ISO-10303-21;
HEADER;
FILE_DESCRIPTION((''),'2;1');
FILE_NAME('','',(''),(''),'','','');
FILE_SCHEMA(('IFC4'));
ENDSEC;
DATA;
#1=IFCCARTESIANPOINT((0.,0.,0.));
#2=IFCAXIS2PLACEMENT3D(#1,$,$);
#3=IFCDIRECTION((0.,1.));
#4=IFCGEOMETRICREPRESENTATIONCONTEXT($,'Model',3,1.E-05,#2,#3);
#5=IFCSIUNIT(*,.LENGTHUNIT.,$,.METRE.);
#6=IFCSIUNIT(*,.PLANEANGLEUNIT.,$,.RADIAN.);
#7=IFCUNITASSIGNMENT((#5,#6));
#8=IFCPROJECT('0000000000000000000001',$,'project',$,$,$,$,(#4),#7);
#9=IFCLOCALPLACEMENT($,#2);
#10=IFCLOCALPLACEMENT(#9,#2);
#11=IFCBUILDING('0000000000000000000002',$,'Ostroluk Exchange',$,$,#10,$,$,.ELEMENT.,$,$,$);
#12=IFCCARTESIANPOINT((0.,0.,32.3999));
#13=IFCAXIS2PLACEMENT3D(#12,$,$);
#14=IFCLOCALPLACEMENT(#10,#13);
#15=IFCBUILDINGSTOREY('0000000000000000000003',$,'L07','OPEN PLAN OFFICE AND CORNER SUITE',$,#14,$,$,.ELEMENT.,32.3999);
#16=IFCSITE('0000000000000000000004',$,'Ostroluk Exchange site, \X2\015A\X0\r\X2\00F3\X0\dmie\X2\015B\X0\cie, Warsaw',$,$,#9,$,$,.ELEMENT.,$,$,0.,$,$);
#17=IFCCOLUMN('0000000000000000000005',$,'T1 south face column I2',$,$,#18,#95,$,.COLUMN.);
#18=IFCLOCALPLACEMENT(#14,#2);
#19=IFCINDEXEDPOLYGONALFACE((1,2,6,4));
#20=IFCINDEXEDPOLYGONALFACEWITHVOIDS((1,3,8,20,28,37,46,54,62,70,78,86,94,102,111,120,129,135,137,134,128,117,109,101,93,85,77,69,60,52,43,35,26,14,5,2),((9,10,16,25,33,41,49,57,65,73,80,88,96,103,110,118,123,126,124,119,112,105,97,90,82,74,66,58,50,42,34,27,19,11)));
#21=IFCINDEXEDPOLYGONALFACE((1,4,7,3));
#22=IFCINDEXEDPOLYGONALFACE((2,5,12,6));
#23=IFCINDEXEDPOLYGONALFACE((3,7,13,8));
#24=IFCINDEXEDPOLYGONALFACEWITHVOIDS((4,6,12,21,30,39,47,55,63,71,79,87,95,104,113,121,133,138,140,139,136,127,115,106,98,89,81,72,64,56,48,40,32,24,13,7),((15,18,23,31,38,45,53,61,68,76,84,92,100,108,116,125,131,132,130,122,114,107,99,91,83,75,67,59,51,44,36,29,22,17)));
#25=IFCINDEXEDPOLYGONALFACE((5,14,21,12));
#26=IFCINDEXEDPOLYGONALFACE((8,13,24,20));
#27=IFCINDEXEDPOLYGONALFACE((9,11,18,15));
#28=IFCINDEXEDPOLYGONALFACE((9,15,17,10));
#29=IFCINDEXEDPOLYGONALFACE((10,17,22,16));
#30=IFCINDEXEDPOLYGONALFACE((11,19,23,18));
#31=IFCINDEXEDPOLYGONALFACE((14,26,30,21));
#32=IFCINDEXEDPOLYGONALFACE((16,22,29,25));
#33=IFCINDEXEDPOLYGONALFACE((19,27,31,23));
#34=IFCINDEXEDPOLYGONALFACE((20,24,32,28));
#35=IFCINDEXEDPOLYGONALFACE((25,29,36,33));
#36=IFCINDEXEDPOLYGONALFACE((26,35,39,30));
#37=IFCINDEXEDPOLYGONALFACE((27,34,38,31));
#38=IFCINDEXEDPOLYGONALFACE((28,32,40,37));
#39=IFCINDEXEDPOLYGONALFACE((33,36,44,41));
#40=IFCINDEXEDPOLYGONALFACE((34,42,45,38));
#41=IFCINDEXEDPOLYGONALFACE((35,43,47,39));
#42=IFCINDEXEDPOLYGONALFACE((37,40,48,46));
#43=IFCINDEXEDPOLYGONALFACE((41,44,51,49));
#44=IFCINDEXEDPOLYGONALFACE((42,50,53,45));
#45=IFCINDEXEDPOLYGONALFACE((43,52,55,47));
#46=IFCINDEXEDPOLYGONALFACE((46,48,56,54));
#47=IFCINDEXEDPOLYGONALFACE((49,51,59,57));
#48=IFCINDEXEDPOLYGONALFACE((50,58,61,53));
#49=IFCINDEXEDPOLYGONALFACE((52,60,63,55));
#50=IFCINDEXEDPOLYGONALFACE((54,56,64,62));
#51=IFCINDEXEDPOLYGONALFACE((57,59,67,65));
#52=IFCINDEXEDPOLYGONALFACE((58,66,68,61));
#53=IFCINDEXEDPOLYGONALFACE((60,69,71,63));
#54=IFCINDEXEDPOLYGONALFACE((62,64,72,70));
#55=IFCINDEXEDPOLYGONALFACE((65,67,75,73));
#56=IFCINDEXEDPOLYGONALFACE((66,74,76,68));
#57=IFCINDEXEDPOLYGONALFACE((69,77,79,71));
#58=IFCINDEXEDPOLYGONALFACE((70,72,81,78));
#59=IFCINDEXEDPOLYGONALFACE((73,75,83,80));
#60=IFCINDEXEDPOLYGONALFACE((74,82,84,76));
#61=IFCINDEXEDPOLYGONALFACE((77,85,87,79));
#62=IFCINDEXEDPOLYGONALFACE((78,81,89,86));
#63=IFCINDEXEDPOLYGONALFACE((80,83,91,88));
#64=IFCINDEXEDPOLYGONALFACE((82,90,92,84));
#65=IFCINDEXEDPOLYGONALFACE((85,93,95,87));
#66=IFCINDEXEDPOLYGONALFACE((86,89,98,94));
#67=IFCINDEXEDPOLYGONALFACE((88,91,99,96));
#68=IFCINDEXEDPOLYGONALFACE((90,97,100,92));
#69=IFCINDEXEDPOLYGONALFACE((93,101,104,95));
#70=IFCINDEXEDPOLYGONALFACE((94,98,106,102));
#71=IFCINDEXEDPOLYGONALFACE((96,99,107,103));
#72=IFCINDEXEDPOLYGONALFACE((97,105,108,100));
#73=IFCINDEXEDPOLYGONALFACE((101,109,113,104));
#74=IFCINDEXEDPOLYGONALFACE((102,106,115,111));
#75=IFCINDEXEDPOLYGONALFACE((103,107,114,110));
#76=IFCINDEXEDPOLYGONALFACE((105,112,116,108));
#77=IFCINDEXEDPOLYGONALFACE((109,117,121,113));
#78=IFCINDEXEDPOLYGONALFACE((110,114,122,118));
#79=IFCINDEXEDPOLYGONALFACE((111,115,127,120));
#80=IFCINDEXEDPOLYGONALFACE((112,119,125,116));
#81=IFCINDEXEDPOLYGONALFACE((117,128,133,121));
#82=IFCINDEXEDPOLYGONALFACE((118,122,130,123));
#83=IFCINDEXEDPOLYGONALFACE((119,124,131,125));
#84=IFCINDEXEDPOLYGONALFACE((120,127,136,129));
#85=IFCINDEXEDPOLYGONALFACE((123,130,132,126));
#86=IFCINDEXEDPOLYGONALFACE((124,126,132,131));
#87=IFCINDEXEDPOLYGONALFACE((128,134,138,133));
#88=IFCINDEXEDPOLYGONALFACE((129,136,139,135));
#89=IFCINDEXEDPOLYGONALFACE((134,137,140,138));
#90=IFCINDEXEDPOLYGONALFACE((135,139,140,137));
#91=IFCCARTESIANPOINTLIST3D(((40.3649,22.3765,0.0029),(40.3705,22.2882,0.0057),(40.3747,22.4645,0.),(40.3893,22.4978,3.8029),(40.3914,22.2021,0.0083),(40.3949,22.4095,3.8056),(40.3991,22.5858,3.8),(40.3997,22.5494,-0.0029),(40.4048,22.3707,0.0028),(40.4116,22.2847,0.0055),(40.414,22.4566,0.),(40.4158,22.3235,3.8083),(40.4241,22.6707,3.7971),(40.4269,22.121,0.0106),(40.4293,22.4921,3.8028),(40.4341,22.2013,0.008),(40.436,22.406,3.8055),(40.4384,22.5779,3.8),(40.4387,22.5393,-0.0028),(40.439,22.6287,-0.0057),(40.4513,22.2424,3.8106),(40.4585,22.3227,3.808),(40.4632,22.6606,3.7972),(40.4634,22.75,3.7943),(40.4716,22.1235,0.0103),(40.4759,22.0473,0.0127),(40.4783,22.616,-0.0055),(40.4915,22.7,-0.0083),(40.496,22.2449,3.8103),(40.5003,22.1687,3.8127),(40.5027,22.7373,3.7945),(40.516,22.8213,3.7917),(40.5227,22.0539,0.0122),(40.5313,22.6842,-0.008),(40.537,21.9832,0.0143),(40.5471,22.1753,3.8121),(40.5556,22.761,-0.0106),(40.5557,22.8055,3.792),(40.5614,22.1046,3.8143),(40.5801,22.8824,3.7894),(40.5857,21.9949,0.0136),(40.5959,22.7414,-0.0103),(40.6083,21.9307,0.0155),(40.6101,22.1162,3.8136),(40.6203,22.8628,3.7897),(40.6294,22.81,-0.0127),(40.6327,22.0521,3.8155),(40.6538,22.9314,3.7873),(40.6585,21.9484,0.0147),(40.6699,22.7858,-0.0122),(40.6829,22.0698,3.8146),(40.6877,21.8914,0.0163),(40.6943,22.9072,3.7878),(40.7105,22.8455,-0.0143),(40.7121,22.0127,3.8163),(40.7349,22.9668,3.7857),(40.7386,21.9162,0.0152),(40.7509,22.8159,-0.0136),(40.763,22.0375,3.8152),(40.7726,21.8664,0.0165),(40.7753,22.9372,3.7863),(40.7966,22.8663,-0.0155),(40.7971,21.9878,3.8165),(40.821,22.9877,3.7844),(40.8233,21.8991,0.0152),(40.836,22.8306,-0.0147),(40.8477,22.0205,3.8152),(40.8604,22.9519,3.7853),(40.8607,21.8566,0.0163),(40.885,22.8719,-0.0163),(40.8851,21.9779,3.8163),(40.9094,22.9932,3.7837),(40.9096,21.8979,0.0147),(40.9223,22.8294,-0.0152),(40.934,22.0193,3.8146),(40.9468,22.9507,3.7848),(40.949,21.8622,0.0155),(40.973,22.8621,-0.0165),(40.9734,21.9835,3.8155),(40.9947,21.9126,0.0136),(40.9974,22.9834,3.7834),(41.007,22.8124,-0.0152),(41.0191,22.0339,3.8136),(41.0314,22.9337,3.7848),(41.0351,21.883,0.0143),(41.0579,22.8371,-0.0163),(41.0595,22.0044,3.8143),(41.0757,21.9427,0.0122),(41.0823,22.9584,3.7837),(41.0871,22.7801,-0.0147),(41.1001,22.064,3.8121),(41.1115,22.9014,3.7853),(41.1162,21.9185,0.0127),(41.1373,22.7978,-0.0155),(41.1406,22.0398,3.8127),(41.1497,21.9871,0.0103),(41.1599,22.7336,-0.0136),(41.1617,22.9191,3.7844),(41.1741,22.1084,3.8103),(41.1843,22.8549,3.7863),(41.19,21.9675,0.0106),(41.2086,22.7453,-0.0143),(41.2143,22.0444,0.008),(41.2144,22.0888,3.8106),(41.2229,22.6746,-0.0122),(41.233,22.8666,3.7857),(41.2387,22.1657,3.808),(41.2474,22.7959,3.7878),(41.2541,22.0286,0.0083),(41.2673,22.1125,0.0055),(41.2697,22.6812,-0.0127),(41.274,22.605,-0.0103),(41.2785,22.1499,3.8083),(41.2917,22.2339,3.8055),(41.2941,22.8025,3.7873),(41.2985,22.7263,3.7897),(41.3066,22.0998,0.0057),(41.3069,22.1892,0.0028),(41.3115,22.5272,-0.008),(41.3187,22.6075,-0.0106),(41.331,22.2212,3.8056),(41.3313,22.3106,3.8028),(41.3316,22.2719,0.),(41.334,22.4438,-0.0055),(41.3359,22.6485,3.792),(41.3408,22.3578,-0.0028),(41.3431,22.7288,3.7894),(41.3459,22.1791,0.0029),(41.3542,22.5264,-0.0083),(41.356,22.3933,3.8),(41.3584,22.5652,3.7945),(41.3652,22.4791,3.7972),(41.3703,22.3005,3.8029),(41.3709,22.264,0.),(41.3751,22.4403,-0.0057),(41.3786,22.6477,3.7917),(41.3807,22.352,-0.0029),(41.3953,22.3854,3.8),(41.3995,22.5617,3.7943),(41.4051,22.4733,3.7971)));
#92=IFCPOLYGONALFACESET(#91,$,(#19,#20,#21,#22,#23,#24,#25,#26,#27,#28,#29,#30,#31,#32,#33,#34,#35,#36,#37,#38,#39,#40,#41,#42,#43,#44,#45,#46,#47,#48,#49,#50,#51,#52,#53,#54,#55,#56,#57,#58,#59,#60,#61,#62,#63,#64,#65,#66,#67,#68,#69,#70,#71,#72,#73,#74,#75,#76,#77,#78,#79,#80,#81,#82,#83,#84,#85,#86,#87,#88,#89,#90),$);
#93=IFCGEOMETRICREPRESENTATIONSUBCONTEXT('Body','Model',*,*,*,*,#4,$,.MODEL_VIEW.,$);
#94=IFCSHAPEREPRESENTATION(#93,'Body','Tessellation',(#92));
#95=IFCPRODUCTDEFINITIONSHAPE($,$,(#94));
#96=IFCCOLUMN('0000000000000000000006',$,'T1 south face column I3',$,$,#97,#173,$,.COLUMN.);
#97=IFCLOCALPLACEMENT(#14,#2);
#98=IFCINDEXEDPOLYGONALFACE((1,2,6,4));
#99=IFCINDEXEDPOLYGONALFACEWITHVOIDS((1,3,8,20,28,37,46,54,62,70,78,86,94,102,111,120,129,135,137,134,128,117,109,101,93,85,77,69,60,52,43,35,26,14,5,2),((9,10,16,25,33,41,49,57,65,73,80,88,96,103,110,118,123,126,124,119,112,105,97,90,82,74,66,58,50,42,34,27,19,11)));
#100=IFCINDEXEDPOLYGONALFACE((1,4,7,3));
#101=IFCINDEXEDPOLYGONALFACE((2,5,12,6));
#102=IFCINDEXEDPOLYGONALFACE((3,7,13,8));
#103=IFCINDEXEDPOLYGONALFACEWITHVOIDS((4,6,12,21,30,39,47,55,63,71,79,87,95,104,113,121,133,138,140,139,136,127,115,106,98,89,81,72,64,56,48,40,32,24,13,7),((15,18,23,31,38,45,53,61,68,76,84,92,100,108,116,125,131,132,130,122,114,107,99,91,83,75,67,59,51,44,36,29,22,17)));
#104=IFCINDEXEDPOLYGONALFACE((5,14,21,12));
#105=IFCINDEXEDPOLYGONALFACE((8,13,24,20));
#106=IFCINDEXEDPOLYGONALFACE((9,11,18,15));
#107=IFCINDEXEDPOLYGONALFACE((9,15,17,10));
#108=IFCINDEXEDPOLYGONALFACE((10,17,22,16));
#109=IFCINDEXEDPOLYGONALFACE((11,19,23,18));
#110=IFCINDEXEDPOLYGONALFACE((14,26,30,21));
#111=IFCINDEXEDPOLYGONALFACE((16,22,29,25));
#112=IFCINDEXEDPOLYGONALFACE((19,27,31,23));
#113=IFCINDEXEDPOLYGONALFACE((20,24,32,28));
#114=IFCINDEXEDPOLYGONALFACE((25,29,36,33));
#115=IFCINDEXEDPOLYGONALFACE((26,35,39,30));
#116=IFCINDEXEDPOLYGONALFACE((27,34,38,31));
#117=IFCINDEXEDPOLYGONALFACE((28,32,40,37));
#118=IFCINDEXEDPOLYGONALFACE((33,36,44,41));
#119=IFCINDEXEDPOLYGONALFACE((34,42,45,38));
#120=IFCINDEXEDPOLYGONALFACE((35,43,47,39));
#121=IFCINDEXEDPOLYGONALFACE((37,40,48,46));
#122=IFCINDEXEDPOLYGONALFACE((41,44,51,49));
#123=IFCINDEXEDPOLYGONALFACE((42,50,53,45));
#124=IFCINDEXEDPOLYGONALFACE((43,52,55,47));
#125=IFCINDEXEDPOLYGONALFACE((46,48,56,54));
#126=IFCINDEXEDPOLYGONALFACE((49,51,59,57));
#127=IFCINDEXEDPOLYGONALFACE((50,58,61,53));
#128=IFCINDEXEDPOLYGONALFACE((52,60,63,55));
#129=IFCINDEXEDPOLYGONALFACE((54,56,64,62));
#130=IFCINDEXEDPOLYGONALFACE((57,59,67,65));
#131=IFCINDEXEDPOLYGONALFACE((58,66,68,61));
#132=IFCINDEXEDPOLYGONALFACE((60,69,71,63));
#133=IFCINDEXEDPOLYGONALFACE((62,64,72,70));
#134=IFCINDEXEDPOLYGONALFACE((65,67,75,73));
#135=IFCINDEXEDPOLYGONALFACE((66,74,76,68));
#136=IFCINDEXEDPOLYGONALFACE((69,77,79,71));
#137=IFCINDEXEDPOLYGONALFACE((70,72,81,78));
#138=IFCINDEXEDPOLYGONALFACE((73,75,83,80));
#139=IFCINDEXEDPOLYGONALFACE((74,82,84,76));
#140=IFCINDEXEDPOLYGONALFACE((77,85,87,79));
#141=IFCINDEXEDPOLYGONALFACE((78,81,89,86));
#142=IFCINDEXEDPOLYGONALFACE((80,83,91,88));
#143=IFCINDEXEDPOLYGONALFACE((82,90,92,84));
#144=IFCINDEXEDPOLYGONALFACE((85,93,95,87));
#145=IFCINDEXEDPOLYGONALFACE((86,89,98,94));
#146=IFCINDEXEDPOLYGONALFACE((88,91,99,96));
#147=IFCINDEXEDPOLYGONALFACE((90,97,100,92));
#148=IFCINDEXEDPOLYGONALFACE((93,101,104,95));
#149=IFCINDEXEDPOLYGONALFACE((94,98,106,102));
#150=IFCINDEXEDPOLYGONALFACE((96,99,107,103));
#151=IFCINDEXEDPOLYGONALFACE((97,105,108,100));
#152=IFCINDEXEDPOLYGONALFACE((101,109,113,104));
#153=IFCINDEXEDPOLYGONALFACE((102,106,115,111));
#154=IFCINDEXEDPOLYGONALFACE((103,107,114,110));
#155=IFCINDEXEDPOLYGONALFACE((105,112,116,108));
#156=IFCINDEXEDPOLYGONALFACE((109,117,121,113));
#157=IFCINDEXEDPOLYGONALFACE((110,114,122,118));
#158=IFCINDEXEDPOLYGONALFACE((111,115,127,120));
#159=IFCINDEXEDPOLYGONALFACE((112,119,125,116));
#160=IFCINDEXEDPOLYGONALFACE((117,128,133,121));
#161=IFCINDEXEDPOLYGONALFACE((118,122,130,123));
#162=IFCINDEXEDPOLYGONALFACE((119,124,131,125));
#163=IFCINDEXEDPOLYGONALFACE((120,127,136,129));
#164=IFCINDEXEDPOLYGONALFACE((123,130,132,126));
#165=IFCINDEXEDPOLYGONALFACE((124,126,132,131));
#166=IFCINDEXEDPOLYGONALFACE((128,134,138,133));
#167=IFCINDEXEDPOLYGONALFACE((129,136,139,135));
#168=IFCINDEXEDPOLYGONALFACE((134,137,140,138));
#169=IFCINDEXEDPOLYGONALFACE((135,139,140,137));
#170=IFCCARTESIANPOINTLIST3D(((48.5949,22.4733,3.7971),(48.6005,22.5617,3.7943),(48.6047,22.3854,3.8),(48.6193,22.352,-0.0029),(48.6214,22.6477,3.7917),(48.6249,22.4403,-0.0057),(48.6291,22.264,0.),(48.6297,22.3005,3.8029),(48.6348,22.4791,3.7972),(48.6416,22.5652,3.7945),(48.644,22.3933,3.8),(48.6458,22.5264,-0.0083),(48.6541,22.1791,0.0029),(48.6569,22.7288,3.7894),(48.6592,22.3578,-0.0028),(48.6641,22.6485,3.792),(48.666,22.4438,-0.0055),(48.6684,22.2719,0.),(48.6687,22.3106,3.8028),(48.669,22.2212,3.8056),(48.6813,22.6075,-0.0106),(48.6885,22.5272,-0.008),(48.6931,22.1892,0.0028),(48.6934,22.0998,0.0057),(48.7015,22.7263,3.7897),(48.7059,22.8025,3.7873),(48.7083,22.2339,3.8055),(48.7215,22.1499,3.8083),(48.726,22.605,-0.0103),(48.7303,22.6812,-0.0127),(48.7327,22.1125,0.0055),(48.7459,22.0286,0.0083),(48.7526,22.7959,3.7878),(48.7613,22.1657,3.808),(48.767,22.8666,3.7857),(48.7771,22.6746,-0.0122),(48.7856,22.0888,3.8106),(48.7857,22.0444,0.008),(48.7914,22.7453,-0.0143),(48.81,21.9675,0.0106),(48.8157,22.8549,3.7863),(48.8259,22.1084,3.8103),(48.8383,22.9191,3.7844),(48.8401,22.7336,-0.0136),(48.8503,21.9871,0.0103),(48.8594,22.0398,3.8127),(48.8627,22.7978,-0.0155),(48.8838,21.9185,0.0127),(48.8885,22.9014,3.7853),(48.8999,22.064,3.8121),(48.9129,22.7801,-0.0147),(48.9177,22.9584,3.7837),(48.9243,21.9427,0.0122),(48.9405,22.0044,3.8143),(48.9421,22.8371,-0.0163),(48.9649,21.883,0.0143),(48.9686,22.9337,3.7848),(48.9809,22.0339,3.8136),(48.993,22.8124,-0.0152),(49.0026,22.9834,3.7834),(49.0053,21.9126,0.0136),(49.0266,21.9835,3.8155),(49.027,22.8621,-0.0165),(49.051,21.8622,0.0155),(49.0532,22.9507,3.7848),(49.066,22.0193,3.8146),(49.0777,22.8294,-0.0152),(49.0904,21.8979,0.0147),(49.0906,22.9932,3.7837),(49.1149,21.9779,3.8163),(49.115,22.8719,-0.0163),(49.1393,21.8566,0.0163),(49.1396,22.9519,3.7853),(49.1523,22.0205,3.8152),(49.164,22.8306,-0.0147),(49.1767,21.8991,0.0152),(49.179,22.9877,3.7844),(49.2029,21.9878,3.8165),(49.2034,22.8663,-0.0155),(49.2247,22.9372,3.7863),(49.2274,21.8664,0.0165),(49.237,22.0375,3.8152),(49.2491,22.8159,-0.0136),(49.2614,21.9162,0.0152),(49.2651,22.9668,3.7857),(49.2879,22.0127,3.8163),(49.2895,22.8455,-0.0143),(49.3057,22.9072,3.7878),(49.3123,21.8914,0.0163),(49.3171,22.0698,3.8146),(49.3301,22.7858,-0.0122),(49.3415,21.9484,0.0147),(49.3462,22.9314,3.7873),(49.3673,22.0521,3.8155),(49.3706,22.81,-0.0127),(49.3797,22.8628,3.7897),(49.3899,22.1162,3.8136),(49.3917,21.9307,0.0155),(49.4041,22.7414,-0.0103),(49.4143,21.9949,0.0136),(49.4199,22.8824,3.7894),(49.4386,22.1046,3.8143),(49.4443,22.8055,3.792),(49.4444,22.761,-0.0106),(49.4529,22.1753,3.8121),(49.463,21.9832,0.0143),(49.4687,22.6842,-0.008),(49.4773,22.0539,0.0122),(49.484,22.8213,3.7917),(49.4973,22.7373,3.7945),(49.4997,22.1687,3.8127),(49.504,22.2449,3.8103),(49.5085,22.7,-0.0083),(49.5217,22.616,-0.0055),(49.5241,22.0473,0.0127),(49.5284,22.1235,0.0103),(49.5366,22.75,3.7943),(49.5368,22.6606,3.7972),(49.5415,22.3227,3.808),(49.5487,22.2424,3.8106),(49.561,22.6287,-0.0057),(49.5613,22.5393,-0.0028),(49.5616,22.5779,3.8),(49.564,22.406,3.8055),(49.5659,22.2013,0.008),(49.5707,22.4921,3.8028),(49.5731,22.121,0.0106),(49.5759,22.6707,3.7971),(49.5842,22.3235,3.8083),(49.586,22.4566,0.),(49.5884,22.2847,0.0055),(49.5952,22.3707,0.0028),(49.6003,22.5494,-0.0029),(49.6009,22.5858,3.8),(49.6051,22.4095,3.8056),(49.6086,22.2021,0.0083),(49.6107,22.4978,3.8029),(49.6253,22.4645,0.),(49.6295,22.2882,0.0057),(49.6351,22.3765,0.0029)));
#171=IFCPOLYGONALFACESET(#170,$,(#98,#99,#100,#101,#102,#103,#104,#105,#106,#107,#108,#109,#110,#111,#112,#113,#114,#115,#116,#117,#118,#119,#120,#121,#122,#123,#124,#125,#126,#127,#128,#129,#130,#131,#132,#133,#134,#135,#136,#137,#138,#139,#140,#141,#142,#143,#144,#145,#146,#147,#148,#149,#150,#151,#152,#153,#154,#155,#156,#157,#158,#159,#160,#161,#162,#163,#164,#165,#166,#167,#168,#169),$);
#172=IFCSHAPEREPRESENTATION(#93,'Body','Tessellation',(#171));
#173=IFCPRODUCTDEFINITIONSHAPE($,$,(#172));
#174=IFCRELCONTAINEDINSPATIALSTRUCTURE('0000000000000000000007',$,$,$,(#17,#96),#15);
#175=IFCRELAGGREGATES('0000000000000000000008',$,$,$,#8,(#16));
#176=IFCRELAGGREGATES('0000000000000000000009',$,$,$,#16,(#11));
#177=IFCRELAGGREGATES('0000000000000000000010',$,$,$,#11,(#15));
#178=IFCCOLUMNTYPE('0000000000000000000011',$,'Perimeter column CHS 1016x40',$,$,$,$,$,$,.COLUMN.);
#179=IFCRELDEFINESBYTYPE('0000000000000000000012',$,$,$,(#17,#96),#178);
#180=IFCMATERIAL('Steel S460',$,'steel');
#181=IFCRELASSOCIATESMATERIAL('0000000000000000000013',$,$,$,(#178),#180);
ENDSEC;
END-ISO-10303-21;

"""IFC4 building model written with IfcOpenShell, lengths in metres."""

from ifc_helpers import new_model, si_unit, direction, frame, origin, origin_2d, place, context, subcontext, project, spatial, hollow_circle, extrude, material, material_profile, profile_set, type_object, element, save


model = new_model("IFC4")

# Units and contexts
model_context = context("Model", 3, precision=1e-05, world=origin(), true_north=direction((0.0, 1.0)))
body_context = subcontext(model_context, "Body", "Model", "MODEL_VIEW")
ifc_project = project(units=[si_unit("LENGTHUNIT", "METRE"), si_unit("PLANEANGLEUNIT", "RADIAN")], contexts=[model_context])

# Site, building, storey
site_placement = place(None, origin())
site = spatial("IfcSite", under=ifc_project, at=site_placement, Name="Ostroluk Exchange site, Śródmieście, Warsaw", CompositionType="ELEMENT", RefElevation=0.0)
building_placement = place(site_placement, origin())
building = spatial("IfcBuilding", under=site, at=building_placement, Name="Ostroluk Exchange", CompositionType="ELEMENT")
storey_placement = place(building_placement, frame((0.0, 0.0, 32.3999)))
storey = spatial("IfcBuildingStorey", under=building, at=storey_placement, Name="L07", Description="OPEN PLAN OFFICE AND CORNER SUITE", CompositionType="ELEMENT", Elevation=32.3999)

# Columns
ifc_material_1 = material(Name="Steel S460", Category="steel")
ifc_material_profile_1 = material_profile(ifc_material_1, hollow_circle(Radius=0.5081, WallThickness=0.04, at=origin_2d()), Name="CHS 1016x40")
ifc_profile_set_1 = profile_set([ifc_material_profile_1], Name="Steel S460")
column_type = type_object("IfcColumnType", Name="Perimeter column CHS 1016x40", PredefinedType="COLUMN", material=ifc_profile_set_1)
for number, where, z_axis, x_axis, name in (
    (1, (40.8728, 22.3643, 0.0), (0.006421, 0.031914, 0.99947), (-0.980352, 0.197254, 0.0), "T1 south face column I2"),
    (2, (49.1272, 22.3643, 0.0), (-0.006421, 0.031914, 0.99947), (-0.980352, -0.197254, 0.0), "T1 south face column I3"),
):
    element("IfcColumn", number, at=place(storey_placement, frame(where, z_axis=z_axis, x_axis=x_axis)), inside=storey, type_object=column_type, Name=name, PredefinedType="COLUMN", context=body_context, shape_type="SweptSolid", body=[
        extrude(hollow_circle(Radius=0.5081, WallThickness=0.04, at=origin_2d()), origin(), (0.0, 0.0, 1.0), 3.802),
    ])

save(model, "model.ifc")
